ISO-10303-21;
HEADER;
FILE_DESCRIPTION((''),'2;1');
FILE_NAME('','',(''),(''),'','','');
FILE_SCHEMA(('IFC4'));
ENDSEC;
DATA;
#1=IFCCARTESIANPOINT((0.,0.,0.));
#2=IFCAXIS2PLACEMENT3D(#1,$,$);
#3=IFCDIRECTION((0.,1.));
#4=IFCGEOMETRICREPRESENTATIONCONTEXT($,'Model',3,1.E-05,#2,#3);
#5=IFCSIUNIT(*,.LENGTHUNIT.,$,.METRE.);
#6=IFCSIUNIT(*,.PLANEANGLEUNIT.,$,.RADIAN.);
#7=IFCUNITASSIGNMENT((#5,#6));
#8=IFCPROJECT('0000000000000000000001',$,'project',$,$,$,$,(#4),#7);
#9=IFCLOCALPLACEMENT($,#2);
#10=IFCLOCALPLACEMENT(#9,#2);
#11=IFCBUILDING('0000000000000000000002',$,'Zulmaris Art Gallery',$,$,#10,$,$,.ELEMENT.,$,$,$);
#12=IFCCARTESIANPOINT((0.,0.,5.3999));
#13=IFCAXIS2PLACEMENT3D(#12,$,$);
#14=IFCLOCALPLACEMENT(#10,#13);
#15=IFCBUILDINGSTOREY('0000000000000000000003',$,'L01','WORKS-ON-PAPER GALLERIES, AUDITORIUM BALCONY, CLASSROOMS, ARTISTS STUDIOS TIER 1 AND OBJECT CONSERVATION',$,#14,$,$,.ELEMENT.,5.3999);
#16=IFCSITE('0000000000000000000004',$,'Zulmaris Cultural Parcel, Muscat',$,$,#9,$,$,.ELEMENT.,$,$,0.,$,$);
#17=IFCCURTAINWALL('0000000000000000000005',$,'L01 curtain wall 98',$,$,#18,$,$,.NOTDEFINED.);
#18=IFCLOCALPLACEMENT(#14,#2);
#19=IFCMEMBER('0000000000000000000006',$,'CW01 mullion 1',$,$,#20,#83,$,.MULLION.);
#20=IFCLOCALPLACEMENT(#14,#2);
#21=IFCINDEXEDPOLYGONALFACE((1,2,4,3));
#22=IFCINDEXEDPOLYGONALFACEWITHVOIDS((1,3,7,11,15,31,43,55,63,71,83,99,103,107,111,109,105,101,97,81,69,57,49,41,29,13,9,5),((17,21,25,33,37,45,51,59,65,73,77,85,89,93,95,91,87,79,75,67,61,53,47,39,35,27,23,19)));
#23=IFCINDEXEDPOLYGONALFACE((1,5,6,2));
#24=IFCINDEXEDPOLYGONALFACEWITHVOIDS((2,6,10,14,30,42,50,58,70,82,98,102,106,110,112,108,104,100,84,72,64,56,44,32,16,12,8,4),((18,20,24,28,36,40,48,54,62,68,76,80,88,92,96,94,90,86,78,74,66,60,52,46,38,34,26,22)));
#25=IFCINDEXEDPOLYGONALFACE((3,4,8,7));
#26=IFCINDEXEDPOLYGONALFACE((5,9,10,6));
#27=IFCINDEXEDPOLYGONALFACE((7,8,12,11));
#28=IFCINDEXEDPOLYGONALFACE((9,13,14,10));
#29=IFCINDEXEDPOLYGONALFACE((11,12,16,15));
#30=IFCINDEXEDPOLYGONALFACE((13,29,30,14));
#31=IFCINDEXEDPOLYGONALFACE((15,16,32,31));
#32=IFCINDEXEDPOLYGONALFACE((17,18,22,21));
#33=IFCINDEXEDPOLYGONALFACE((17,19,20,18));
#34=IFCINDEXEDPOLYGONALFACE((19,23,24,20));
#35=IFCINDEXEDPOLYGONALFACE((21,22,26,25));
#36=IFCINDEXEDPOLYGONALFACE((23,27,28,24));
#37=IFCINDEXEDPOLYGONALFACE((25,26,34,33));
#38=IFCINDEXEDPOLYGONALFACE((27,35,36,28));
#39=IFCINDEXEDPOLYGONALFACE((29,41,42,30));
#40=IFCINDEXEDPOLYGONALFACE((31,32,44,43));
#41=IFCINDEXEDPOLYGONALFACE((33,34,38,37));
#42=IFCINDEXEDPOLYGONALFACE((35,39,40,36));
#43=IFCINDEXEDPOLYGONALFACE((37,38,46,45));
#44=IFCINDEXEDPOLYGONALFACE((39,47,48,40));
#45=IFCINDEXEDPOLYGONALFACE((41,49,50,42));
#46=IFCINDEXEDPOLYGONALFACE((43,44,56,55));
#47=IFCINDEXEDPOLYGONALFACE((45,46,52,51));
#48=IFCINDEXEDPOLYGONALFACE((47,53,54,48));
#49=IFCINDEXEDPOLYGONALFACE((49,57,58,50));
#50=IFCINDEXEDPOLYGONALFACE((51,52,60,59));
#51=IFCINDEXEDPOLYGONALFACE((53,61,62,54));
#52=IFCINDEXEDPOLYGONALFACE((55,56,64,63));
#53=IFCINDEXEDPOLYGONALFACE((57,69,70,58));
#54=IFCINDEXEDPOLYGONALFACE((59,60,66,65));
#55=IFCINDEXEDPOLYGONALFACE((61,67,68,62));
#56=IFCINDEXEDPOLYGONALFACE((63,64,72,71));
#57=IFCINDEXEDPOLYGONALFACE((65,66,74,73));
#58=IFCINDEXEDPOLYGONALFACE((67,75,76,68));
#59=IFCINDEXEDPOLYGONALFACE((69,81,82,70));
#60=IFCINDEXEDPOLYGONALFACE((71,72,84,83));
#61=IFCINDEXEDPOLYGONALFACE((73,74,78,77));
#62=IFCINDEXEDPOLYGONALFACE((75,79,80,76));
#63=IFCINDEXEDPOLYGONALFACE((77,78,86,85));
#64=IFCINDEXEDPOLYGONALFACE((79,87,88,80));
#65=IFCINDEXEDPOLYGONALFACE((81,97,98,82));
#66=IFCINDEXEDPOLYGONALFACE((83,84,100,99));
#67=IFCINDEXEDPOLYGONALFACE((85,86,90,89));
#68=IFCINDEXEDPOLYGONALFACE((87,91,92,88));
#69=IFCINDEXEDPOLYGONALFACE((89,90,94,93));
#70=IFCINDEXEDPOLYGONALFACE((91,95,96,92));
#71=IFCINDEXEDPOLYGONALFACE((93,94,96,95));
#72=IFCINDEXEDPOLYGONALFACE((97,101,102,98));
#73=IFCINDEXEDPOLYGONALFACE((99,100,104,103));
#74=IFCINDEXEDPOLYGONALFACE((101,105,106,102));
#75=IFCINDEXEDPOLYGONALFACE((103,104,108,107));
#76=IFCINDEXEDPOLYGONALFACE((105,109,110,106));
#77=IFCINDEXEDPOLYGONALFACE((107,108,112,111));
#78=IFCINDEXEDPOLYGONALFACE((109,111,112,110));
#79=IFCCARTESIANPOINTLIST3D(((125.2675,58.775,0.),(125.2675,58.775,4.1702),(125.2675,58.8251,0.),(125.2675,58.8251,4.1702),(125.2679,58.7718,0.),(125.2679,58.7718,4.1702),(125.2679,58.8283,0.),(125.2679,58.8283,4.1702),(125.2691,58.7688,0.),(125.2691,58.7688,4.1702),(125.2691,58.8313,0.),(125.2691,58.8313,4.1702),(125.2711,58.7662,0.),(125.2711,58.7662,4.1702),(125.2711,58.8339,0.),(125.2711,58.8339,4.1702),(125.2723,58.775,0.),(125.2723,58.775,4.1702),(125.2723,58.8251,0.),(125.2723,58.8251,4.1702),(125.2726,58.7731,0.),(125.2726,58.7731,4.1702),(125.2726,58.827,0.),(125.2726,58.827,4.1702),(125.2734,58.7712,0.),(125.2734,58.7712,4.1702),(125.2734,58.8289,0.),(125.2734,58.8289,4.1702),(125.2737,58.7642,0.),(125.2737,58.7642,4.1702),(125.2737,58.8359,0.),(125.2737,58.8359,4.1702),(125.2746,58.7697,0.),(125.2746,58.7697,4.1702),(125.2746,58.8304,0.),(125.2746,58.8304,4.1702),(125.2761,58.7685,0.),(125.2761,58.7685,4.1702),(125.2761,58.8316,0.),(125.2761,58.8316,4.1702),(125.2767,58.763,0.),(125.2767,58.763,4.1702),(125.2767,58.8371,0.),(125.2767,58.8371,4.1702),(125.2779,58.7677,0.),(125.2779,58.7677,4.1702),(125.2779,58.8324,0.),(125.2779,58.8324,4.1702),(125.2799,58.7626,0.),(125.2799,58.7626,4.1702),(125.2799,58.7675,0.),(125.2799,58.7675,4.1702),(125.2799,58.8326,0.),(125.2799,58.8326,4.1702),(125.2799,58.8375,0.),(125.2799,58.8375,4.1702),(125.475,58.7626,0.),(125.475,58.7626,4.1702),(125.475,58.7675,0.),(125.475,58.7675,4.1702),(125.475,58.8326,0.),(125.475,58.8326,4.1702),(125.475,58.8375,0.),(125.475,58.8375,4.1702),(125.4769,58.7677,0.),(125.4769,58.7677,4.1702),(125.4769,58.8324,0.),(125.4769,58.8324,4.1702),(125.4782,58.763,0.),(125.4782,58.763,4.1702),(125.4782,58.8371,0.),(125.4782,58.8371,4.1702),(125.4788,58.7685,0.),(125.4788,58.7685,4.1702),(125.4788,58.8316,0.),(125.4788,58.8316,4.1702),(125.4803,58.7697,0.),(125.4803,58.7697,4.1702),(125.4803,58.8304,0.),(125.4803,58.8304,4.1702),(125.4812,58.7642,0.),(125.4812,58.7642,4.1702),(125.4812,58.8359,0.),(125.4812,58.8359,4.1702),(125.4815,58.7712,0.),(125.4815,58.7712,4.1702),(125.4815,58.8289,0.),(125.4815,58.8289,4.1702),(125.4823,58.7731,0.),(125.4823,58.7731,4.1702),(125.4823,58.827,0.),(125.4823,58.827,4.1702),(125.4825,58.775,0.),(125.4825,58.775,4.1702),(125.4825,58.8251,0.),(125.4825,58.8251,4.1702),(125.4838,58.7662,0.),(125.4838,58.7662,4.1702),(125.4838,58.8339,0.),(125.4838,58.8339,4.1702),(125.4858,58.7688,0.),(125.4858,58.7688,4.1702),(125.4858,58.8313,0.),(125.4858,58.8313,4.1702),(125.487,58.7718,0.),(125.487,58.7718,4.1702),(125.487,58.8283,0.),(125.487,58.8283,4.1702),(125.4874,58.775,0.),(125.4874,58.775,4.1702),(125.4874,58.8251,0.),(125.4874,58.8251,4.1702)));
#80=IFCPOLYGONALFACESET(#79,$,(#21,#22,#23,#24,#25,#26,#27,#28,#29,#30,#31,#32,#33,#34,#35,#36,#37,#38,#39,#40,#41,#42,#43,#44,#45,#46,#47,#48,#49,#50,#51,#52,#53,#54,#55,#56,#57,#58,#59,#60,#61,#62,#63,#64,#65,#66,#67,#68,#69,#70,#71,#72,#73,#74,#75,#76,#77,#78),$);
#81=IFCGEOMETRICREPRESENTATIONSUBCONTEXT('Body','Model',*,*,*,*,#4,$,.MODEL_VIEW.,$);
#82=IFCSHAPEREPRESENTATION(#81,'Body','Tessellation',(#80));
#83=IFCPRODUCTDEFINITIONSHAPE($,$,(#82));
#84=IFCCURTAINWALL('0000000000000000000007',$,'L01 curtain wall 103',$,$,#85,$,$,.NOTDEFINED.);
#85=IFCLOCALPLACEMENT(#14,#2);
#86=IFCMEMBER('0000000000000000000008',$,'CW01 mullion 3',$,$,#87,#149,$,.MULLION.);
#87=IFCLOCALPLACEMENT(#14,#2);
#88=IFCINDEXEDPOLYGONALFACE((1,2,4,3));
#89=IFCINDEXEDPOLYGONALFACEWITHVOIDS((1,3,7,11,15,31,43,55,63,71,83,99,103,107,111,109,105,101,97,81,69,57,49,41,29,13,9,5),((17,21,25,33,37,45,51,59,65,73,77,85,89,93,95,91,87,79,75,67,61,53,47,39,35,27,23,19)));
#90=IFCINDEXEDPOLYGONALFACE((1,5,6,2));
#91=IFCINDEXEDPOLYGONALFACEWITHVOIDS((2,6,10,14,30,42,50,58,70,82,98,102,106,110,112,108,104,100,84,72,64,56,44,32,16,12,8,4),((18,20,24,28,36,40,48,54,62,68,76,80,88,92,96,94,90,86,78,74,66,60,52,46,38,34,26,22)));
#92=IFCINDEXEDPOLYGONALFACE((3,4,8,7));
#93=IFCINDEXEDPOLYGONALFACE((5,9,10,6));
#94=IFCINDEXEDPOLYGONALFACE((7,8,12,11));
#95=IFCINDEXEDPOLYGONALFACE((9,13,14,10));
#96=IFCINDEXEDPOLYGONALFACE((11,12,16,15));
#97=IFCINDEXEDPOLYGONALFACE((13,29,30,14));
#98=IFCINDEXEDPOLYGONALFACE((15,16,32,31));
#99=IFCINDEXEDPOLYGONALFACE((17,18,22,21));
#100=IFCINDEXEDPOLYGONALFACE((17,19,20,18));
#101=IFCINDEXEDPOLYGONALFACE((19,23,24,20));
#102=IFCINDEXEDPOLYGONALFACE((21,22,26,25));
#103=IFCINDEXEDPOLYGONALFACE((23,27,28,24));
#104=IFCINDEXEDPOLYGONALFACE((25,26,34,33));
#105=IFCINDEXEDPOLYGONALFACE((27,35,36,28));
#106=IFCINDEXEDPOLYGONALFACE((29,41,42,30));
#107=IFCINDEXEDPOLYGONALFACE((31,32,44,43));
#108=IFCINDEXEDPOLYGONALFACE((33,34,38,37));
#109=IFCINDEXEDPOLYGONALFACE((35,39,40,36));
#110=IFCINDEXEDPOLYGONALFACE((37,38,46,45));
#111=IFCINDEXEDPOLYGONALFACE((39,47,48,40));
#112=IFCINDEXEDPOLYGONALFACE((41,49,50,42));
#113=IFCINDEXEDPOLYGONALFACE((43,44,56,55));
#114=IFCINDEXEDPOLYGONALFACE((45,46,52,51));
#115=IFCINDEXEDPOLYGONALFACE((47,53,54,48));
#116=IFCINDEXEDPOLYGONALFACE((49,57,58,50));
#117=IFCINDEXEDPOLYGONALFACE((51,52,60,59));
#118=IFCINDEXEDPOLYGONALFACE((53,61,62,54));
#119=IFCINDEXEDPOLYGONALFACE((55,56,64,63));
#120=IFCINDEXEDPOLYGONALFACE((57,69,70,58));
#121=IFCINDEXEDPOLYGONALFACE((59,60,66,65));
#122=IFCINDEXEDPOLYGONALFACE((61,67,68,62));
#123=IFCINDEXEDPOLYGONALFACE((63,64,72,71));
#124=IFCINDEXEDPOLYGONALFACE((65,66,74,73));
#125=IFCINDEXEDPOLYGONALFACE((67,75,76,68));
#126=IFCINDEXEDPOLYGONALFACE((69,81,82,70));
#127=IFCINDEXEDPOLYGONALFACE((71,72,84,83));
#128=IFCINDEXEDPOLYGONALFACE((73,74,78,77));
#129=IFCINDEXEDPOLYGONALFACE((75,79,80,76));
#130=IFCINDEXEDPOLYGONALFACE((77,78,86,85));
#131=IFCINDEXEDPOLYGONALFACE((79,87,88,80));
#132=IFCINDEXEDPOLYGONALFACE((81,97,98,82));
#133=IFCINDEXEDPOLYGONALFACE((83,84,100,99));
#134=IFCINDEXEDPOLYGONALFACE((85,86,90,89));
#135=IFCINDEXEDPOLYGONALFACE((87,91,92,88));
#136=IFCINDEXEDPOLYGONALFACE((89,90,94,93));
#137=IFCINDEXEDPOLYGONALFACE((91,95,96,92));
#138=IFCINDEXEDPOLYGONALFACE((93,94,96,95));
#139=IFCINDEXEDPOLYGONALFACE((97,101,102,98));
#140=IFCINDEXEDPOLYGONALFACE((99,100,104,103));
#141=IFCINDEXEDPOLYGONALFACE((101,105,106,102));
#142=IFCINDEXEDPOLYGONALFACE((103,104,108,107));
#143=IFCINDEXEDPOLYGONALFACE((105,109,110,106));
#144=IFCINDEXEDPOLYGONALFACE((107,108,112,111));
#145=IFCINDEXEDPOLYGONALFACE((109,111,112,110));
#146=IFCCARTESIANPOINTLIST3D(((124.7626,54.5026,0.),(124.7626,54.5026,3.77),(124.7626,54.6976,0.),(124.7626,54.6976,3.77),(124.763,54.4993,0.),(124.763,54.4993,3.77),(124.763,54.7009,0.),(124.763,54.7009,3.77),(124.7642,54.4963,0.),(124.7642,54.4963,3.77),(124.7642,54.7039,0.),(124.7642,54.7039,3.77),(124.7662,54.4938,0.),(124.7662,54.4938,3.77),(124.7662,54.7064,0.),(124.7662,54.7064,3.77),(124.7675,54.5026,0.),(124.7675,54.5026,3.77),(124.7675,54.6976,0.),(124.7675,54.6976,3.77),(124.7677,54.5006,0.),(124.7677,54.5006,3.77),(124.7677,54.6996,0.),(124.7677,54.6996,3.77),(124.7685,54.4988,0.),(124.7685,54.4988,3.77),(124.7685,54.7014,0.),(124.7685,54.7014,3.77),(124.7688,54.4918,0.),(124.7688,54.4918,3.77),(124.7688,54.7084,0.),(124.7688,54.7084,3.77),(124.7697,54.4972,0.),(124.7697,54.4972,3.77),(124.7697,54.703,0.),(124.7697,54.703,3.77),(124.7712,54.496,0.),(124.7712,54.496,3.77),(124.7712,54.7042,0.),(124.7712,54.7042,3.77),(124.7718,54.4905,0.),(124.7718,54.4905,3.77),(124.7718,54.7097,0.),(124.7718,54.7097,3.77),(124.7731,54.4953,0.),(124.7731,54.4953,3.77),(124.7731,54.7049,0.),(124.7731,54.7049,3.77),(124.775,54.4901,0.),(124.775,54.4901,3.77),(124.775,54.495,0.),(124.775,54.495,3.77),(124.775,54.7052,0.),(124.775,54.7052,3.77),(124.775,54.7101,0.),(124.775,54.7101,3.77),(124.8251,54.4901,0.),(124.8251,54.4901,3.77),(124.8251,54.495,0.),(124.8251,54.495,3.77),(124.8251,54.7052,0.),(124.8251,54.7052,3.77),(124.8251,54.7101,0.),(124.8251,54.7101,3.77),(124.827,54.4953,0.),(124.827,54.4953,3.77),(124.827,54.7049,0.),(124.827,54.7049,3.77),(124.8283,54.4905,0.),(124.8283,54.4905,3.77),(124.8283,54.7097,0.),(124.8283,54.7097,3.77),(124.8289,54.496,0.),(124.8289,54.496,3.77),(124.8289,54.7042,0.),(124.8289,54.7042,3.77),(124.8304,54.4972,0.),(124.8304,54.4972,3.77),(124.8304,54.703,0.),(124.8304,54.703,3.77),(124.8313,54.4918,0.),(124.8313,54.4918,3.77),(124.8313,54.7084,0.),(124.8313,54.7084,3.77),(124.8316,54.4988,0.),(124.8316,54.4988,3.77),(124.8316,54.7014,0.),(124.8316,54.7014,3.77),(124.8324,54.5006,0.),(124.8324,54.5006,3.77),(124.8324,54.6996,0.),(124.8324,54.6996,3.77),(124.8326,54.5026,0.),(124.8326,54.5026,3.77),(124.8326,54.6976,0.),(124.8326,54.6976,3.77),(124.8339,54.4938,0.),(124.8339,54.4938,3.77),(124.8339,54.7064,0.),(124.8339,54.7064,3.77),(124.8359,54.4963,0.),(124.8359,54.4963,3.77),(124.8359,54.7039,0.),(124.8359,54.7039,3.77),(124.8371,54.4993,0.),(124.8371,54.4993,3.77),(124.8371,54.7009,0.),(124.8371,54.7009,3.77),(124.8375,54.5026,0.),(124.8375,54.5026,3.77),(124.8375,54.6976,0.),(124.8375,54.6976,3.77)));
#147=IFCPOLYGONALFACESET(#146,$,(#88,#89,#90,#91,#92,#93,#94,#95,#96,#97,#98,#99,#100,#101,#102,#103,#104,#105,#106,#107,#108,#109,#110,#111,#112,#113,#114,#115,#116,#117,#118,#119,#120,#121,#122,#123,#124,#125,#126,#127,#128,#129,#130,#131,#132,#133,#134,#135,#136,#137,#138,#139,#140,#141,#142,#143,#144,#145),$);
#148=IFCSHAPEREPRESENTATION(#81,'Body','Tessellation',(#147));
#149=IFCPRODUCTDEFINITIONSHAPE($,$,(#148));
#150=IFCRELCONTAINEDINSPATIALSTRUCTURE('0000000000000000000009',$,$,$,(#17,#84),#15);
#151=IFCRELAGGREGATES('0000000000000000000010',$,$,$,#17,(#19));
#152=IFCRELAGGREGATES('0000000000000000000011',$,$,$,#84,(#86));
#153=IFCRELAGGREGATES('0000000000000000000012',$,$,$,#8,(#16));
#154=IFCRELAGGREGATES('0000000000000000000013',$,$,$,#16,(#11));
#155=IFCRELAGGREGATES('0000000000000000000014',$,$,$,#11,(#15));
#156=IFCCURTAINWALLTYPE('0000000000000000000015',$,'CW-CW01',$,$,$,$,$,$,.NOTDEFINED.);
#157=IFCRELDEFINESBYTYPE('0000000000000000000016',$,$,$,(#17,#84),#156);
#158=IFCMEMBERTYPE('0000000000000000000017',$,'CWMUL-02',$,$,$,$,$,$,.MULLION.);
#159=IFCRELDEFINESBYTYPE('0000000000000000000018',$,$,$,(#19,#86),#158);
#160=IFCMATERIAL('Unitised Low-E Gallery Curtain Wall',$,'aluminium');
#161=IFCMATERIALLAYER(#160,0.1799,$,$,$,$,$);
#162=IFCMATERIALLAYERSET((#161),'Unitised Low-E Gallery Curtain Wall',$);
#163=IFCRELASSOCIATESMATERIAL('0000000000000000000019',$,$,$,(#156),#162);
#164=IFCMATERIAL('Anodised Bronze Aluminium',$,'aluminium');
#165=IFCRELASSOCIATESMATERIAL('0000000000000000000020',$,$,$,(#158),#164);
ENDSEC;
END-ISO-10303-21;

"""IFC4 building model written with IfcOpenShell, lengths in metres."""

from ifc_helpers import new_model, si_unit, direction, frame, origin, origin_2d, place, context, subcontext, project, spatial, hollow_rectangle, extrude, material, layer, layer_set, material_profile, profile_set, type_object, element, aggregate, save


model = new_model("IFC4")

# Units and contexts
model_context = context("Model", 3, precision=1e-05, world=origin(), true_north=direction((0.0, 1.0)))
body_context = subcontext(model_context, "Body", "Model", "MODEL_VIEW")
ifc_project = project(units=[si_unit("LENGTHUNIT", "METRE"), si_unit("PLANEANGLEUNIT", "RADIAN")], contexts=[model_context])

# Site, building, storey
site_placement = place(None, origin())
site = spatial("IfcSite", under=ifc_project, at=site_placement, Name="Zulmaris Cultural Parcel, Muscat", CompositionType="ELEMENT", RefElevation=0.0)
building_placement = place(site_placement, origin())
building = spatial("IfcBuilding", under=site, at=building_placement, Name="Zulmaris Art Gallery", CompositionType="ELEMENT")
storey_placement = place(building_placement, frame((0.0, 0.0, 5.3999)))
storey = spatial("IfcBuildingStorey", under=building, at=storey_placement, Name="L01", Description="WORKS-ON-PAPER GALLERIES, AUDITORIUM BALCONY, CLASSROOMS, ARTISTS STUDIOS TIER 1 AND OBJECT CONSERVATION", CompositionType="ELEMENT", Elevation=5.3999)

# Curtain wall, member
ifc_material_1 = material(Name="Unitised Low-E Gallery Curtain Wall", Category="aluminium")
ifc_layer_1 = layer(ifc_material_1, 0.1799)
ifc_layer_set_1 = layer_set([ifc_layer_1], Name="Unitised Low-E Gallery Curtain Wall")
curtain_wall_type = type_object("IfcCurtainWallType", Name="CW-CW01", PredefinedType="NOTDEFINED", material=ifc_layer_set_1)
ifc_material_2 = material(Name="Anodised Bronze Aluminium", Category="aluminium")
ifc_material_profile_1 = material_profile(ifc_material_2, hollow_rectangle(XDim=0.075, YDim=0.22, WallThickness=0.0049, InnerFilletRadius=0.0076, OuterFilletRadius=0.0125, at=origin_2d()), Name="ALU 75x220x5")
ifc_profile_set_1 = profile_set([ifc_material_profile_1], Name="Anodised Bronze Aluminium")
member_type_1 = type_object("IfcMemberType", Name="CWMUL-02", PredefinedType="MULLION", material=ifc_profile_set_1)
curtain_wall_1_placement = place(storey_placement, origin())
curtain_wall_1 = element("IfcCurtainWall", 1, at=curtain_wall_1_placement, inside=storey, type_object=curtain_wall_type, Name="L01 curtain wall 98", PredefinedType="NOTDEFINED")
member_1_placement = place(storey_placement, frame((125.3774, 58.8, 0.0), z_axis=(0.0, 0.0, 1.0), x_axis=(0.0, 1.0, 0.0)))
member_1 = element("IfcMember", 2, at=member_1_placement, type_object=member_type_1, Name="CW01 mullion 1", PredefinedType="MULLION", context=body_context, shape_type="SweptSolid", body=[
    extrude(hollow_rectangle(XDim=0.075, YDim=0.22, WallThickness=0.0049, InnerFilletRadius=0.0076, OuterFilletRadius=0.0125, at=origin_2d()), origin(), (0.0, 0.0, 1.0), 4.1702),
])

# Curtain wall, member
curtain_wall_2_placement = place(storey_placement, origin())
curtain_wall_2 = element("IfcCurtainWall", 3, at=curtain_wall_2_placement, inside=storey, type_object=curtain_wall_type, Name="L01 curtain wall 103", PredefinedType="NOTDEFINED")
member_2_placement = place(storey_placement, frame((124.8, 54.6001, 0.0), z_axis=(0.0, 0.0, 1.0), x_axis=(-1.0, 0.0, 0.0)))
member_2 = element("IfcMember", 4, at=member_2_placement, type_object=member_type_1, Name="CW01 mullion 3", PredefinedType="MULLION", context=body_context, shape_type="SweptSolid", body=[
    extrude(hollow_rectangle(XDim=0.075, YDim=0.22, WallThickness=0.0049, InnerFilletRadius=0.0076, OuterFilletRadius=0.0125, at=origin_2d()), origin(), (0.0, 0.0, 1.0), 3.77),
])

aggregate(curtain_wall_1, [member_1])

aggregate(curtain_wall_2, [member_2])

save(model, "model.ifc")
